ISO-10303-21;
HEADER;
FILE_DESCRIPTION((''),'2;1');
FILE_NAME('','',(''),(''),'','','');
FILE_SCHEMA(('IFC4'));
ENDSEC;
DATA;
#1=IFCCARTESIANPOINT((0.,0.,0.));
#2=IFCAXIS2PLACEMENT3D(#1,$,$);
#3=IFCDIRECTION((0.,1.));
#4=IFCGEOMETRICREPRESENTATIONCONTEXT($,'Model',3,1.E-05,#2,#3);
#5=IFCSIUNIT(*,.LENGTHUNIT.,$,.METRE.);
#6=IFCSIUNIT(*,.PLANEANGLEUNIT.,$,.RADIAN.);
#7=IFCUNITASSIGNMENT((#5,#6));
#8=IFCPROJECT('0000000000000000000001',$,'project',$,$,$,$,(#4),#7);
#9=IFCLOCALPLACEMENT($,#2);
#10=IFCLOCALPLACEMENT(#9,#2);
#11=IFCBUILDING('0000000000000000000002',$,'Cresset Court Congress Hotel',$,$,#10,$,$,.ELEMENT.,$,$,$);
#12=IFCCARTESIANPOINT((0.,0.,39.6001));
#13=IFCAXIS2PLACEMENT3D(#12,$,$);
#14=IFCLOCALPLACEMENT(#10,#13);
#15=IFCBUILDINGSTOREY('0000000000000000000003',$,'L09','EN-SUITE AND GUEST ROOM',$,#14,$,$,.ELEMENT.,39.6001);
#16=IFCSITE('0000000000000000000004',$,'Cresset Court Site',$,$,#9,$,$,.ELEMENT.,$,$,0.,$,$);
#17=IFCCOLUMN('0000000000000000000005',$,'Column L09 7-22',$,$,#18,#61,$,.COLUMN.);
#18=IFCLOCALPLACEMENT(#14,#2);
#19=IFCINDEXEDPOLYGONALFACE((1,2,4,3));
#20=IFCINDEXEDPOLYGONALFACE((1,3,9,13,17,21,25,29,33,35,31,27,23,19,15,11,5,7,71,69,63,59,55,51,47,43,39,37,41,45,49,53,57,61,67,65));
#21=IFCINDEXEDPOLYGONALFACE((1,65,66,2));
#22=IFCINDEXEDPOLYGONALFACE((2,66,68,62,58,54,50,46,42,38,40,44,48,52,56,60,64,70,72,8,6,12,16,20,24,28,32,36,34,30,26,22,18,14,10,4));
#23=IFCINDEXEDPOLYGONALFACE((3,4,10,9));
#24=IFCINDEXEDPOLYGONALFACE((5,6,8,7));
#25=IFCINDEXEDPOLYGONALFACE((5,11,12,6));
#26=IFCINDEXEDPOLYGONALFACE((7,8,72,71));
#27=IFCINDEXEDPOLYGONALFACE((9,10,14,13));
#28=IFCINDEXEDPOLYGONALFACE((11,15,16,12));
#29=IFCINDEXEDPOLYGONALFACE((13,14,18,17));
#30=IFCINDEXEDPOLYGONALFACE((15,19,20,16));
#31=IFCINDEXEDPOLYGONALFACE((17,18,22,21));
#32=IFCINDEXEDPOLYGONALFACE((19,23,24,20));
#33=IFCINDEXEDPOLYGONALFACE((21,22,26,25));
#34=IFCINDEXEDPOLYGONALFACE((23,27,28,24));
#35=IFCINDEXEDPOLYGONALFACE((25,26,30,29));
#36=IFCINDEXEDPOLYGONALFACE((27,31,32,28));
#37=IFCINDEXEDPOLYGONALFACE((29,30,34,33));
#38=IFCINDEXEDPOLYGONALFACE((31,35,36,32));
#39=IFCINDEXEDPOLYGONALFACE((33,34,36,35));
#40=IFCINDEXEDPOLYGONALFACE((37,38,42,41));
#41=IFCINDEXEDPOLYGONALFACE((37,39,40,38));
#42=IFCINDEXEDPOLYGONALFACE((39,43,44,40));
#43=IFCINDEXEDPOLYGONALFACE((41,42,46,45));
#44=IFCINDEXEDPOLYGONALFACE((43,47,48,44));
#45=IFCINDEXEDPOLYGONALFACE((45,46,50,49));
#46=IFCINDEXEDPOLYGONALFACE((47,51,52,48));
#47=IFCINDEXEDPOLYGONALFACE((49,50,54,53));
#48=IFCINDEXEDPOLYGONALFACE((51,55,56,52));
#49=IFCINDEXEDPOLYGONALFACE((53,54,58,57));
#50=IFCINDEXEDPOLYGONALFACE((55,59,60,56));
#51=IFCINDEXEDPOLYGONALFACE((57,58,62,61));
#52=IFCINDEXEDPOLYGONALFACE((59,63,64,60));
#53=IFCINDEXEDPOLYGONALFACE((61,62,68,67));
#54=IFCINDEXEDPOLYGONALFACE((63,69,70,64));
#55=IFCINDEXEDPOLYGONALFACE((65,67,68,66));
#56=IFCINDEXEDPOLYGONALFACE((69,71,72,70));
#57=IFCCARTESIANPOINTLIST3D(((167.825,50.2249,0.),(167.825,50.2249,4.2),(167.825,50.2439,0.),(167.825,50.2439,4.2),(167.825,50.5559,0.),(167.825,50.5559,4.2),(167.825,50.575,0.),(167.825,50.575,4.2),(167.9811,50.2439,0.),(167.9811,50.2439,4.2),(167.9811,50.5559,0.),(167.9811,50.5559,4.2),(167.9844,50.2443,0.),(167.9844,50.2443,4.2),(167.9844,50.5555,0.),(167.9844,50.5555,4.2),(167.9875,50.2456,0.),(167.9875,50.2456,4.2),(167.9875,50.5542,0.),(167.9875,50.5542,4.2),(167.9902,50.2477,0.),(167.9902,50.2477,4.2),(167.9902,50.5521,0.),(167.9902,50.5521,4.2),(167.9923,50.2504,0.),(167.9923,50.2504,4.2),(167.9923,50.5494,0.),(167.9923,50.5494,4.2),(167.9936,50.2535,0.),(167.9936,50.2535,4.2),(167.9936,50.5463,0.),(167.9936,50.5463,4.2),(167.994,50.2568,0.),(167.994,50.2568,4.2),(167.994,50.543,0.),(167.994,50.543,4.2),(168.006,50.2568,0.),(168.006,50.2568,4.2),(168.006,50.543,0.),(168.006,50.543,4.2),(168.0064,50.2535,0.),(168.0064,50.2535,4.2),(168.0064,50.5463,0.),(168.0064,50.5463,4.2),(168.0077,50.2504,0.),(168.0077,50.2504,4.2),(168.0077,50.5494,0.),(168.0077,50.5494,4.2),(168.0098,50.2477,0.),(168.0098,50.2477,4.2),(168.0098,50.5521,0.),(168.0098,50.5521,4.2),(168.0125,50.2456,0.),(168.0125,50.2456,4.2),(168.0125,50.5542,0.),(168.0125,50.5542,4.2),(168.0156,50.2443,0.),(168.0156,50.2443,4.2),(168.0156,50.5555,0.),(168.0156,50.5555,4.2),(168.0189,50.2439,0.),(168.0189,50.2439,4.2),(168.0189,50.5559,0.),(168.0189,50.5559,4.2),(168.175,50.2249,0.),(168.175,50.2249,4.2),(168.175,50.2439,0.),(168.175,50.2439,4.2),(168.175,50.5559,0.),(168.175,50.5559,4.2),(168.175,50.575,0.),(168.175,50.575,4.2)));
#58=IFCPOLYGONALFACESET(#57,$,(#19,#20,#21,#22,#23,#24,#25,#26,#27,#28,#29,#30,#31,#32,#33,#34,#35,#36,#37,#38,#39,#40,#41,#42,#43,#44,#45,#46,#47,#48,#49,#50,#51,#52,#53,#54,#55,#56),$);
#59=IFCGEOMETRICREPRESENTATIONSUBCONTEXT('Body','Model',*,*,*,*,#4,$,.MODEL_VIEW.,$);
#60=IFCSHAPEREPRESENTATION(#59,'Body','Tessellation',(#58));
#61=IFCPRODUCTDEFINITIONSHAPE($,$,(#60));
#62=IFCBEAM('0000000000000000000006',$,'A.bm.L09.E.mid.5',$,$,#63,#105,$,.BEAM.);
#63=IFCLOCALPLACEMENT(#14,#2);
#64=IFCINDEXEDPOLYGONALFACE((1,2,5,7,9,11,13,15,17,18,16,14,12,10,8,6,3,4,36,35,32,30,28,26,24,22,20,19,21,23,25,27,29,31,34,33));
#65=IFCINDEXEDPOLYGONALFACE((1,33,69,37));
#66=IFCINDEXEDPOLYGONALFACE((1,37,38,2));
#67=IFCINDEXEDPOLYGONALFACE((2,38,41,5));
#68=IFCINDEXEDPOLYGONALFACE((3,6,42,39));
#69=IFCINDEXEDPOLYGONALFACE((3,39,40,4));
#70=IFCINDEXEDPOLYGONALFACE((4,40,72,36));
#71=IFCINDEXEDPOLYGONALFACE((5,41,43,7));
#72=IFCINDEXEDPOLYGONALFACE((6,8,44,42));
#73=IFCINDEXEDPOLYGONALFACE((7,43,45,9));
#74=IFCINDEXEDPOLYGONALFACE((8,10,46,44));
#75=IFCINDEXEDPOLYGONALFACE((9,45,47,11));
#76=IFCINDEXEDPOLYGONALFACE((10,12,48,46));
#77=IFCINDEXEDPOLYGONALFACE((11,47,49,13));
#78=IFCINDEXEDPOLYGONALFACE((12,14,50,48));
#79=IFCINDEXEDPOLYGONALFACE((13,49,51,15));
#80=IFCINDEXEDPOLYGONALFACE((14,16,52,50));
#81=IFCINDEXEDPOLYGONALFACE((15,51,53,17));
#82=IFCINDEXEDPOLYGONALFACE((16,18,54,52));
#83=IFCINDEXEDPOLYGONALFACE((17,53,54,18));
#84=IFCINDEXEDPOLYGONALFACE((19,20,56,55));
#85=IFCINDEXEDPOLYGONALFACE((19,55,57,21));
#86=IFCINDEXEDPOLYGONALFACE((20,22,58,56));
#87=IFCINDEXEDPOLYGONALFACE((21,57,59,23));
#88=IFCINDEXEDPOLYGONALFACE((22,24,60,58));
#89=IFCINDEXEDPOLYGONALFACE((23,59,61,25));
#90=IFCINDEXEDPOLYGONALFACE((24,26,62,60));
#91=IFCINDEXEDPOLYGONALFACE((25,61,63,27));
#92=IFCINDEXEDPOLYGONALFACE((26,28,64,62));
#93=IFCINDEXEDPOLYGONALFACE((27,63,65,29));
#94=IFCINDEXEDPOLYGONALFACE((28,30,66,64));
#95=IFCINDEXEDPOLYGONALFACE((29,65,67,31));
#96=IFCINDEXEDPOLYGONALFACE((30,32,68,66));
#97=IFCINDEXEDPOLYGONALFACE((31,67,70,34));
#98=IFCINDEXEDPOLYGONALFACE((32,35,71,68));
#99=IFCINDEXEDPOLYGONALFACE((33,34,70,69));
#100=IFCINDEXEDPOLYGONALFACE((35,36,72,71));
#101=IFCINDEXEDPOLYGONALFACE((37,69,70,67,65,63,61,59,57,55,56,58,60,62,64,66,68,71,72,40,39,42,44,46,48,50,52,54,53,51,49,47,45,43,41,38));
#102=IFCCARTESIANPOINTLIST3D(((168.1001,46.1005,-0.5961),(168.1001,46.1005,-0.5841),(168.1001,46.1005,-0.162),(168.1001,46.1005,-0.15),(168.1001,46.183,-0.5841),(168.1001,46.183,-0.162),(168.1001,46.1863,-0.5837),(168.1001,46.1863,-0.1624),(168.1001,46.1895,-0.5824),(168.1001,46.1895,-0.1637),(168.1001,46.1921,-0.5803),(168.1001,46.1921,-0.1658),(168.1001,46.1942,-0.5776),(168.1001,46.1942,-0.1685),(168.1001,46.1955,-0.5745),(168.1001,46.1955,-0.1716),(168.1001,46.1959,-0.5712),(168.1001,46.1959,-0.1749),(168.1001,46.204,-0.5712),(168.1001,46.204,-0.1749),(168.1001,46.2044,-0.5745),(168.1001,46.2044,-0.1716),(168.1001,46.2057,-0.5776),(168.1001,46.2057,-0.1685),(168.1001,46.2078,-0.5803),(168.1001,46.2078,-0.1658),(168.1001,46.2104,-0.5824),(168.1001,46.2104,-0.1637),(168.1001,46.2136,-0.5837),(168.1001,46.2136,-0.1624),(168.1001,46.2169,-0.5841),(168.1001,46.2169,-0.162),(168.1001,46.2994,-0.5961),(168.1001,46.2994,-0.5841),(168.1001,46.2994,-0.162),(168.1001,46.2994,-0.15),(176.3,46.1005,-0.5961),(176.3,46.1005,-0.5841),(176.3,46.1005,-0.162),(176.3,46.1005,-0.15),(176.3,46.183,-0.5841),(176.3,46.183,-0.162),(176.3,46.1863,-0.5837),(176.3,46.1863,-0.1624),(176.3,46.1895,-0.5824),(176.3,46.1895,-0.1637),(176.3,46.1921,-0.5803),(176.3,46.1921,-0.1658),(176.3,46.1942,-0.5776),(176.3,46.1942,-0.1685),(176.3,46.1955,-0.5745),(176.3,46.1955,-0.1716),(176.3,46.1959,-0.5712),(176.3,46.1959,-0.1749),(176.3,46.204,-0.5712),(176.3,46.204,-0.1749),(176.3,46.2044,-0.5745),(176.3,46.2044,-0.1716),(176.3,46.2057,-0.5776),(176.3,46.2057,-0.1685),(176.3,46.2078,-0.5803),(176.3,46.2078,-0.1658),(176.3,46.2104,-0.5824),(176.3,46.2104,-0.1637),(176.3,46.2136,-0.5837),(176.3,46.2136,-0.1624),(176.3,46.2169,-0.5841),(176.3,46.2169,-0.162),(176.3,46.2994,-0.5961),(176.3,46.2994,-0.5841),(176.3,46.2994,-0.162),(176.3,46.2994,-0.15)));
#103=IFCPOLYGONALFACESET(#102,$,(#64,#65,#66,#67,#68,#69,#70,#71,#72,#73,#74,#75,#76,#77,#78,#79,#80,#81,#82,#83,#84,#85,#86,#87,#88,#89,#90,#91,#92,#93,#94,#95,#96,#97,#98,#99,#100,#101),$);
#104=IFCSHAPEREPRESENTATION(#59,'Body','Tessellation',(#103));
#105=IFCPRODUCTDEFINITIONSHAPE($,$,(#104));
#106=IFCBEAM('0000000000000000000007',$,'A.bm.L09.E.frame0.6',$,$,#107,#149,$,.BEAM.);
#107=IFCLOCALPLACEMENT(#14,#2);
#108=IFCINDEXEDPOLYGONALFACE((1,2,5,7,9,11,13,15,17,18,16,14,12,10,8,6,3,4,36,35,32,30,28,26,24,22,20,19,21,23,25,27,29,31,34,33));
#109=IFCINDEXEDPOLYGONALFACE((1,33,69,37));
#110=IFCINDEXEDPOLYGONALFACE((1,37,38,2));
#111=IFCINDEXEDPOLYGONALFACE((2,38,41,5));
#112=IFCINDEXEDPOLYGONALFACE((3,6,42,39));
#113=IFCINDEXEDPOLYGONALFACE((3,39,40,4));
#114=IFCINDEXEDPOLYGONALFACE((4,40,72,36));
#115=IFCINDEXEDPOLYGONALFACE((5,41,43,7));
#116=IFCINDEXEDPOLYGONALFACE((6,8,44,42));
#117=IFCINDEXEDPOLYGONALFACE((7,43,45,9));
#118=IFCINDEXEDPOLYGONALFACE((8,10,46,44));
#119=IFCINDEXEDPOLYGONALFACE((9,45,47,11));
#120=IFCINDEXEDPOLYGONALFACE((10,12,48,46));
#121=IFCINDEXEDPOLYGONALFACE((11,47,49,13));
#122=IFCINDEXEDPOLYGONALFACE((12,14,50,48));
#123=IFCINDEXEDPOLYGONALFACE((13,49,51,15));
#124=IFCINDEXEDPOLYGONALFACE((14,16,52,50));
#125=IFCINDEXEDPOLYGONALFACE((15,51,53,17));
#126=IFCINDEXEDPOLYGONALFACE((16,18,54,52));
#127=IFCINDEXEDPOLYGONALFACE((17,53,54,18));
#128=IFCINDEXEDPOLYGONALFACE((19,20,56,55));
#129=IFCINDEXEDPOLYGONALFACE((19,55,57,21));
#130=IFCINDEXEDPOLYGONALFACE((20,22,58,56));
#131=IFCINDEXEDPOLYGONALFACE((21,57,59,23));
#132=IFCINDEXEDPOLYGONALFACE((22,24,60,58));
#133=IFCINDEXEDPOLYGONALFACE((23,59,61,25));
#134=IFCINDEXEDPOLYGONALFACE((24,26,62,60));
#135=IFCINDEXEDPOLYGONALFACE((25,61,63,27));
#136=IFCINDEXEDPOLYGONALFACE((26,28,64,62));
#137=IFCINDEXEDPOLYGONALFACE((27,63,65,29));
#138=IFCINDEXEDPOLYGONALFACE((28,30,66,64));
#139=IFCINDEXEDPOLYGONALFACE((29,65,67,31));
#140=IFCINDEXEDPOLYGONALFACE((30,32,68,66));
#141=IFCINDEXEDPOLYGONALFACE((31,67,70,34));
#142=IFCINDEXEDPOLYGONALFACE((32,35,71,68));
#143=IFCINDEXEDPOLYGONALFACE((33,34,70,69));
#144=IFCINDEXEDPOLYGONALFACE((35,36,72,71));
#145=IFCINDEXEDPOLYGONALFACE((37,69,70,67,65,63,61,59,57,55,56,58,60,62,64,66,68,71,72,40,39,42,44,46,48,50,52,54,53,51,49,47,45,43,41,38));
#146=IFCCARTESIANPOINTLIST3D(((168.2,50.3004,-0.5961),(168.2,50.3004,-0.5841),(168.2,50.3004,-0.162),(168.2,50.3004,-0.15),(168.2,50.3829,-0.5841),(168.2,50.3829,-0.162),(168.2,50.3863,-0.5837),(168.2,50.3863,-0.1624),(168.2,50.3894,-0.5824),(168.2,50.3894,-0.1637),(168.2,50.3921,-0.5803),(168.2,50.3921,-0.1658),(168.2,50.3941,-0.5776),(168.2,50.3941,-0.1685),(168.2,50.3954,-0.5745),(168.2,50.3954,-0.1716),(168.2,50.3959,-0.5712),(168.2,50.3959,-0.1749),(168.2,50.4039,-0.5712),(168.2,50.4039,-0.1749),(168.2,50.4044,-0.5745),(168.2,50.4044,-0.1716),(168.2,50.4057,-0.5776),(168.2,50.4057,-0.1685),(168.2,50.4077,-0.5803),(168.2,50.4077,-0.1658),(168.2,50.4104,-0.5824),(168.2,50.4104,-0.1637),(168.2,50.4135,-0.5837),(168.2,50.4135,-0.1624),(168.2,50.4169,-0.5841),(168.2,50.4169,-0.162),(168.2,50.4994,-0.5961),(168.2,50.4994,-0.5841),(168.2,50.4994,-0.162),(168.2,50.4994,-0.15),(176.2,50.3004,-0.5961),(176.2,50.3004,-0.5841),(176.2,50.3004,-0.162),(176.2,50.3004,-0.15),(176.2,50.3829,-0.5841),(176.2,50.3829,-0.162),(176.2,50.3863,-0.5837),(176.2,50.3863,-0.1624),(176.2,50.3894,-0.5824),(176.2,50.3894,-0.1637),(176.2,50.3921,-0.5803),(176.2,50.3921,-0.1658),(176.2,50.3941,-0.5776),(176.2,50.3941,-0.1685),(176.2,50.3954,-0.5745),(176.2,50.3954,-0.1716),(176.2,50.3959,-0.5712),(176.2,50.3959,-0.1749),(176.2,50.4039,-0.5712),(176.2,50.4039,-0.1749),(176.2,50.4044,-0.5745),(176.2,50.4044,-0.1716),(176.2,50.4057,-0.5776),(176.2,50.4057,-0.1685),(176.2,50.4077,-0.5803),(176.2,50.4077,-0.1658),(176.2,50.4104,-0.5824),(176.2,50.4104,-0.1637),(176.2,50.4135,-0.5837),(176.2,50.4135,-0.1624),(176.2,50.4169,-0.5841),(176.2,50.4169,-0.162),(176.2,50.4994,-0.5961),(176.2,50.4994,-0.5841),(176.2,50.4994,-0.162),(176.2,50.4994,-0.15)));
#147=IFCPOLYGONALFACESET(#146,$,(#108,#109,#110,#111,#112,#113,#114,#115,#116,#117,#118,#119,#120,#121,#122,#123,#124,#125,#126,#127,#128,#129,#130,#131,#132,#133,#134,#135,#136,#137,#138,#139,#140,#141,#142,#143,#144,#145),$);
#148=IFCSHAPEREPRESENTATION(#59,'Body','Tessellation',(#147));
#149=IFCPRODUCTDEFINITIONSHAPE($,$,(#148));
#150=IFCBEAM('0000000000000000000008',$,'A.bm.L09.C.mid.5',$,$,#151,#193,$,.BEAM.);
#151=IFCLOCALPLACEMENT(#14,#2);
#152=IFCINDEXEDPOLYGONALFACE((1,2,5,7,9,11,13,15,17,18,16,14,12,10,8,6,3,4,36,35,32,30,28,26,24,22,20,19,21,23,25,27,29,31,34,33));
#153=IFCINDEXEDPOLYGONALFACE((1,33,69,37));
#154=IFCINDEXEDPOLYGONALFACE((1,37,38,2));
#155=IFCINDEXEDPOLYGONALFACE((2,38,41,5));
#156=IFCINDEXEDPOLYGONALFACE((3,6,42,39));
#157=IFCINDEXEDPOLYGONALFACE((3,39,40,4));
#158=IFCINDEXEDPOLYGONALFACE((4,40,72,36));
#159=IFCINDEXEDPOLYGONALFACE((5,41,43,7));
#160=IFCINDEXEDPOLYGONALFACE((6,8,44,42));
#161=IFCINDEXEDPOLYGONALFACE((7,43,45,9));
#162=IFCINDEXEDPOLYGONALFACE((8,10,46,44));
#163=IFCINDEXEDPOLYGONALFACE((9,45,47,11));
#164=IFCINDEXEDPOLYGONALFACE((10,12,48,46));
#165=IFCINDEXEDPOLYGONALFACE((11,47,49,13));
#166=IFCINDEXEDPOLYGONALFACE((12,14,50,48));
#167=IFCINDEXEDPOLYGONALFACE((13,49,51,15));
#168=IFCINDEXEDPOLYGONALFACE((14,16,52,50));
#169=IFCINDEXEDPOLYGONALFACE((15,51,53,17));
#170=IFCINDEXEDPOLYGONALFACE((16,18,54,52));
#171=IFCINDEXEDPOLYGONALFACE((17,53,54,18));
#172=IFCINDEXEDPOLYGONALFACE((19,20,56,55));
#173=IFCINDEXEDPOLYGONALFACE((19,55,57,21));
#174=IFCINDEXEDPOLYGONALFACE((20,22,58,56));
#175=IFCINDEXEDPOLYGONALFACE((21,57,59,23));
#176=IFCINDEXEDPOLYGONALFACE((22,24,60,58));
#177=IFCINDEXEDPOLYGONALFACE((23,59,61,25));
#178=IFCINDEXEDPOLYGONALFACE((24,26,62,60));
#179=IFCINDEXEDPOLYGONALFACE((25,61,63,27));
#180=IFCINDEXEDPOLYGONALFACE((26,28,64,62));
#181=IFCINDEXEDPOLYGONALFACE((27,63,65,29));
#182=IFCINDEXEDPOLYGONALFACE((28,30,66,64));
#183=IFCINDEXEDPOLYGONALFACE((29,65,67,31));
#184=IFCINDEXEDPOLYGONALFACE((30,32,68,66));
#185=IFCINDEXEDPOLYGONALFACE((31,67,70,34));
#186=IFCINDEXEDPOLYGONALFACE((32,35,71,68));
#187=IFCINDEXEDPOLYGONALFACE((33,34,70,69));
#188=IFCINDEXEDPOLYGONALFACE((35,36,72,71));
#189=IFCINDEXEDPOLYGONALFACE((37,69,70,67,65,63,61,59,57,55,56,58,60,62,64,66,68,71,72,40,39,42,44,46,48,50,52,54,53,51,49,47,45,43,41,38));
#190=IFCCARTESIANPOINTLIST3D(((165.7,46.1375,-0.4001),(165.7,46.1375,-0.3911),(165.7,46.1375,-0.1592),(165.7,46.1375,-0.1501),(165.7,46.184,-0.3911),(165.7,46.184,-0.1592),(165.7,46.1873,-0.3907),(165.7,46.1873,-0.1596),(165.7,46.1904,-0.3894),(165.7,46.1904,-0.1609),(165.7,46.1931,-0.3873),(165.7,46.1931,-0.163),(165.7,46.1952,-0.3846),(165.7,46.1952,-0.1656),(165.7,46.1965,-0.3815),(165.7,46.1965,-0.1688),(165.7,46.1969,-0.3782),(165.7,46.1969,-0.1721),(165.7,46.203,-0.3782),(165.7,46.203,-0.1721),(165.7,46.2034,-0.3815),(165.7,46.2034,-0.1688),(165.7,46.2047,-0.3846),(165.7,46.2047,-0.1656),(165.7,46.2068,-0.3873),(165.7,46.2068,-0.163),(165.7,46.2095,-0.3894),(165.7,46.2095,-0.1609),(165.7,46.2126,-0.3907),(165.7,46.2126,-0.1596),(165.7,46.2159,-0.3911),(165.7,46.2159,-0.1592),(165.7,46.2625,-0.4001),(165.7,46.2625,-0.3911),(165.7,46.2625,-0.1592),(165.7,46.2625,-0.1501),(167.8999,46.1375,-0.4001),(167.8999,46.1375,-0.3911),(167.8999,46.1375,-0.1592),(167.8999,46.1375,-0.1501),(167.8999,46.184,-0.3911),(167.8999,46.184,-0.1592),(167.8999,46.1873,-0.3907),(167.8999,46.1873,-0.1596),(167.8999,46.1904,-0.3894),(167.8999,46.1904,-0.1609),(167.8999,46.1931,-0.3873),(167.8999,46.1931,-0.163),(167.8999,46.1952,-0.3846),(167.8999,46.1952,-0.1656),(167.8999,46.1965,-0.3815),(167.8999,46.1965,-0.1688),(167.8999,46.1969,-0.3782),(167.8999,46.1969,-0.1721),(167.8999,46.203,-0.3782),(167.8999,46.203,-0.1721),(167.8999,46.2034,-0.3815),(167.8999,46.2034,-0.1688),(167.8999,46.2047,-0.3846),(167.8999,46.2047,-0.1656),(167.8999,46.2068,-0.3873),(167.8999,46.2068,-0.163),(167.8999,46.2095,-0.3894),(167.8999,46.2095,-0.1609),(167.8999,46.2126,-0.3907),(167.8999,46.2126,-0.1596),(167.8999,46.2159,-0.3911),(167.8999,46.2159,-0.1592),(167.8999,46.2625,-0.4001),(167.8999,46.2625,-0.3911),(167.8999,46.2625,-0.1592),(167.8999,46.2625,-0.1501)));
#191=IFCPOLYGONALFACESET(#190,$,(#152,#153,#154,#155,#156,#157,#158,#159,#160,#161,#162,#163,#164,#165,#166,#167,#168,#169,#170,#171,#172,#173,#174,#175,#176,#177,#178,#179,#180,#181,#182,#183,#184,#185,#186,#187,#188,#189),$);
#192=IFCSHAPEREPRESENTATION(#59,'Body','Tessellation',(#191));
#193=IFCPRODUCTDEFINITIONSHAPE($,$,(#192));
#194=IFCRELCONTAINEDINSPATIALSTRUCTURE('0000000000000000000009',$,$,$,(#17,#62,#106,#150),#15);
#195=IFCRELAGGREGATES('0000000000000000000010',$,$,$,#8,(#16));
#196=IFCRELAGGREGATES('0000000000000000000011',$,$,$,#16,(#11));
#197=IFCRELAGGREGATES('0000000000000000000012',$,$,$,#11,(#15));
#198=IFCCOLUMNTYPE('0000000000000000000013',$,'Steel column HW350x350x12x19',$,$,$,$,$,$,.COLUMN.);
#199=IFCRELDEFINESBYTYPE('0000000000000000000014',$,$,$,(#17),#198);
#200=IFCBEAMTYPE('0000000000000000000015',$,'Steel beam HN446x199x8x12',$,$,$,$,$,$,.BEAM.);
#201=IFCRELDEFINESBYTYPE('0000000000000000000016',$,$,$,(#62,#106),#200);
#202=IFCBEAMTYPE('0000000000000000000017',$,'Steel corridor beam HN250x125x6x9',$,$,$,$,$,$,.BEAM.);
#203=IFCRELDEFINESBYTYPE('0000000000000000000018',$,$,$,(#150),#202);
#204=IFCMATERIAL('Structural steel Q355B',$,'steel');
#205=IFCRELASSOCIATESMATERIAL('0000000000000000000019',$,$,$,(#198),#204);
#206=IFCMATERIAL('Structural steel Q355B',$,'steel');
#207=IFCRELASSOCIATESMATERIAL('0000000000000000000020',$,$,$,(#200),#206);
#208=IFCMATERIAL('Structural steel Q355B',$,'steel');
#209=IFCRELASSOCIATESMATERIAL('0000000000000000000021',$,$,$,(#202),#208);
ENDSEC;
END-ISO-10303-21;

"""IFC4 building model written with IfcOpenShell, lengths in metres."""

from ifc_helpers import new_model, si_unit, direction, frame, origin, origin_2d, place, context, subcontext, project, spatial, i_section, extrude, material, material_profile, profile_set, type_object, element, save


model = new_model("IFC4")

# Units and contexts
model_context = context("Model", 3, precision=1e-05, world=origin(), true_north=direction((0.0, 1.0)))
body_context = subcontext(model_context, "Body", "Model", "MODEL_VIEW")
ifc_project = project(units=[si_unit("LENGTHUNIT", "METRE"), si_unit("PLANEANGLEUNIT", "RADIAN")], contexts=[model_context])

# Site, building, storey
site_placement = place(None, origin())
site = spatial("IfcSite", under=ifc_project, at=site_placement, Name="Cresset Court Site", CompositionType="ELEMENT", RefElevation=0.0)
building_placement = place(site_placement, origin())
building = spatial("IfcBuilding", under=site, at=building_placement, Name="Cresset Court Congress Hotel", CompositionType="ELEMENT")
storey_placement = place(building_placement, frame((0.0, 0.0, 39.6001)))
storey = spatial("IfcBuildingStorey", under=building, at=storey_placement, Name="L09", Description="EN-SUITE AND GUEST ROOM", CompositionType="ELEMENT", Elevation=39.6001)

# Column
ifc_material_1 = material(Name="Structural steel Q355B", Category="steel")
ifc_material_profile_1 = material_profile(ifc_material_1, i_section(OverallWidth=0.3501, OverallDepth=0.3501, WebThickness=0.012, FlangeThickness=0.019, FilletRadius=0.0129, at=origin_2d()), Name="HW350x350x12x19")
ifc_profile_set_1 = profile_set([ifc_material_profile_1], Name="Structural steel Q355B")
column_type = type_object("IfcColumnType", Name="Steel column HW350x350x12x19", PredefinedType="COLUMN", material=ifc_profile_set_1)
column_placement = place(storey_placement, frame((168.0, 50.3999, 0.0), z_axis=(0.0, 0.0, 1.0), x_axis=(1.0, 0.0, 0.0)))
element("IfcColumn", 1, at=column_placement, inside=storey, type_object=column_type, Name="Column L09 7-22", PredefinedType="COLUMN", context=body_context, shape_type="SweptSolid", body=[
    extrude(i_section(OverallWidth=0.3501, OverallDepth=0.3501, WebThickness=0.012, FlangeThickness=0.019, FilletRadius=0.0129, at=origin_2d()), origin(), (0.0, 0.0, 1.0), 4.2),
])

# Beams
ifc_material_2 = material(Name="Structural steel Q355B", Category="steel")
ifc_material_profile_2 = material_profile(ifc_material_2, i_section(OverallWidth=0.199, OverallDepth=0.446, WebThickness=0.0081, FlangeThickness=0.012, FilletRadius=0.0129, at=origin_2d()), Name="HN446x199x8x12")
ifc_profile_set_2 = profile_set([ifc_material_profile_2], Name="Structural steel Q355B")
beam_type_1 = type_object("IfcBeamType", Name="Steel beam HN446x199x8x12", PredefinedType="BEAM", material=ifc_profile_set_2)
beam_1_placement = place(storey_placement, frame((168.1001, 46.2, -0.373), z_axis=(1.0, 0.0, 0.0), x_axis=(0.0, 1.0, 0.0)))
element("IfcBeam", 2, at=beam_1_placement, inside=storey, type_object=beam_type_1, Name="A.bm.L09.E.mid.5", PredefinedType="BEAM", context=body_context, shape_type="SweptSolid", body=[
    extrude(i_section(OverallWidth=0.199, OverallDepth=0.446, WebThickness=0.0081, FlangeThickness=0.012, FilletRadius=0.0129, at=origin_2d()), origin(), (0.0, 0.0, 1.0), 8.2),
])
beam_2_placement = place(storey_placement, frame((168.2, 50.3999, -0.373), z_axis=(1.0, 0.0, 0.0), x_axis=(0.0, 1.0, 0.0)))
element("IfcBeam", 3, at=beam_2_placement, inside=storey, type_object=beam_type_1, Name="A.bm.L09.E.frame0.6", PredefinedType="BEAM", context=body_context, shape_type="SweptSolid", body=[
    extrude(i_section(OverallWidth=0.199, OverallDepth=0.446, WebThickness=0.0081, FlangeThickness=0.012, FilletRadius=0.0129, at=origin_2d()), origin(), (0.0, 0.0, 1.0), 8.0),
])
ifc_material_3 = material(Name="Structural steel Q355B", Category="steel")
ifc_material_profile_3 = material_profile(ifc_material_3, i_section(OverallWidth=0.125, OverallDepth=0.25, WebThickness=0.0061, FlangeThickness=0.009, FilletRadius=0.0129, at=origin_2d()), Name="HN250x125x6x9")
ifc_profile_set_3 = profile_set([ifc_material_profile_3], Name="Structural steel Q355B")
beam_type_2 = type_object("IfcBeamType", Name="Steel corridor beam HN250x125x6x9", PredefinedType="BEAM", material=ifc_profile_set_3)
beam_3_placement = place(storey_placement, frame((165.7, 46.2, -0.2751), z_axis=(1.0, 0.0, 0.0), x_axis=(0.0, 1.0, 0.0)))
element("IfcBeam", 4, at=beam_3_placement, inside=storey, type_object=beam_type_2, Name="A.bm.L09.C.mid.5", PredefinedType="BEAM", context=body_context, shape_type="SweptSolid", body=[
    extrude(i_section(OverallWidth=0.125, OverallDepth=0.25, WebThickness=0.0061, FlangeThickness=0.009, FilletRadius=0.0129, at=origin_2d()), origin(), (0.0, 0.0, 1.0), 2.2),
])

save(model, "model.ifc")
